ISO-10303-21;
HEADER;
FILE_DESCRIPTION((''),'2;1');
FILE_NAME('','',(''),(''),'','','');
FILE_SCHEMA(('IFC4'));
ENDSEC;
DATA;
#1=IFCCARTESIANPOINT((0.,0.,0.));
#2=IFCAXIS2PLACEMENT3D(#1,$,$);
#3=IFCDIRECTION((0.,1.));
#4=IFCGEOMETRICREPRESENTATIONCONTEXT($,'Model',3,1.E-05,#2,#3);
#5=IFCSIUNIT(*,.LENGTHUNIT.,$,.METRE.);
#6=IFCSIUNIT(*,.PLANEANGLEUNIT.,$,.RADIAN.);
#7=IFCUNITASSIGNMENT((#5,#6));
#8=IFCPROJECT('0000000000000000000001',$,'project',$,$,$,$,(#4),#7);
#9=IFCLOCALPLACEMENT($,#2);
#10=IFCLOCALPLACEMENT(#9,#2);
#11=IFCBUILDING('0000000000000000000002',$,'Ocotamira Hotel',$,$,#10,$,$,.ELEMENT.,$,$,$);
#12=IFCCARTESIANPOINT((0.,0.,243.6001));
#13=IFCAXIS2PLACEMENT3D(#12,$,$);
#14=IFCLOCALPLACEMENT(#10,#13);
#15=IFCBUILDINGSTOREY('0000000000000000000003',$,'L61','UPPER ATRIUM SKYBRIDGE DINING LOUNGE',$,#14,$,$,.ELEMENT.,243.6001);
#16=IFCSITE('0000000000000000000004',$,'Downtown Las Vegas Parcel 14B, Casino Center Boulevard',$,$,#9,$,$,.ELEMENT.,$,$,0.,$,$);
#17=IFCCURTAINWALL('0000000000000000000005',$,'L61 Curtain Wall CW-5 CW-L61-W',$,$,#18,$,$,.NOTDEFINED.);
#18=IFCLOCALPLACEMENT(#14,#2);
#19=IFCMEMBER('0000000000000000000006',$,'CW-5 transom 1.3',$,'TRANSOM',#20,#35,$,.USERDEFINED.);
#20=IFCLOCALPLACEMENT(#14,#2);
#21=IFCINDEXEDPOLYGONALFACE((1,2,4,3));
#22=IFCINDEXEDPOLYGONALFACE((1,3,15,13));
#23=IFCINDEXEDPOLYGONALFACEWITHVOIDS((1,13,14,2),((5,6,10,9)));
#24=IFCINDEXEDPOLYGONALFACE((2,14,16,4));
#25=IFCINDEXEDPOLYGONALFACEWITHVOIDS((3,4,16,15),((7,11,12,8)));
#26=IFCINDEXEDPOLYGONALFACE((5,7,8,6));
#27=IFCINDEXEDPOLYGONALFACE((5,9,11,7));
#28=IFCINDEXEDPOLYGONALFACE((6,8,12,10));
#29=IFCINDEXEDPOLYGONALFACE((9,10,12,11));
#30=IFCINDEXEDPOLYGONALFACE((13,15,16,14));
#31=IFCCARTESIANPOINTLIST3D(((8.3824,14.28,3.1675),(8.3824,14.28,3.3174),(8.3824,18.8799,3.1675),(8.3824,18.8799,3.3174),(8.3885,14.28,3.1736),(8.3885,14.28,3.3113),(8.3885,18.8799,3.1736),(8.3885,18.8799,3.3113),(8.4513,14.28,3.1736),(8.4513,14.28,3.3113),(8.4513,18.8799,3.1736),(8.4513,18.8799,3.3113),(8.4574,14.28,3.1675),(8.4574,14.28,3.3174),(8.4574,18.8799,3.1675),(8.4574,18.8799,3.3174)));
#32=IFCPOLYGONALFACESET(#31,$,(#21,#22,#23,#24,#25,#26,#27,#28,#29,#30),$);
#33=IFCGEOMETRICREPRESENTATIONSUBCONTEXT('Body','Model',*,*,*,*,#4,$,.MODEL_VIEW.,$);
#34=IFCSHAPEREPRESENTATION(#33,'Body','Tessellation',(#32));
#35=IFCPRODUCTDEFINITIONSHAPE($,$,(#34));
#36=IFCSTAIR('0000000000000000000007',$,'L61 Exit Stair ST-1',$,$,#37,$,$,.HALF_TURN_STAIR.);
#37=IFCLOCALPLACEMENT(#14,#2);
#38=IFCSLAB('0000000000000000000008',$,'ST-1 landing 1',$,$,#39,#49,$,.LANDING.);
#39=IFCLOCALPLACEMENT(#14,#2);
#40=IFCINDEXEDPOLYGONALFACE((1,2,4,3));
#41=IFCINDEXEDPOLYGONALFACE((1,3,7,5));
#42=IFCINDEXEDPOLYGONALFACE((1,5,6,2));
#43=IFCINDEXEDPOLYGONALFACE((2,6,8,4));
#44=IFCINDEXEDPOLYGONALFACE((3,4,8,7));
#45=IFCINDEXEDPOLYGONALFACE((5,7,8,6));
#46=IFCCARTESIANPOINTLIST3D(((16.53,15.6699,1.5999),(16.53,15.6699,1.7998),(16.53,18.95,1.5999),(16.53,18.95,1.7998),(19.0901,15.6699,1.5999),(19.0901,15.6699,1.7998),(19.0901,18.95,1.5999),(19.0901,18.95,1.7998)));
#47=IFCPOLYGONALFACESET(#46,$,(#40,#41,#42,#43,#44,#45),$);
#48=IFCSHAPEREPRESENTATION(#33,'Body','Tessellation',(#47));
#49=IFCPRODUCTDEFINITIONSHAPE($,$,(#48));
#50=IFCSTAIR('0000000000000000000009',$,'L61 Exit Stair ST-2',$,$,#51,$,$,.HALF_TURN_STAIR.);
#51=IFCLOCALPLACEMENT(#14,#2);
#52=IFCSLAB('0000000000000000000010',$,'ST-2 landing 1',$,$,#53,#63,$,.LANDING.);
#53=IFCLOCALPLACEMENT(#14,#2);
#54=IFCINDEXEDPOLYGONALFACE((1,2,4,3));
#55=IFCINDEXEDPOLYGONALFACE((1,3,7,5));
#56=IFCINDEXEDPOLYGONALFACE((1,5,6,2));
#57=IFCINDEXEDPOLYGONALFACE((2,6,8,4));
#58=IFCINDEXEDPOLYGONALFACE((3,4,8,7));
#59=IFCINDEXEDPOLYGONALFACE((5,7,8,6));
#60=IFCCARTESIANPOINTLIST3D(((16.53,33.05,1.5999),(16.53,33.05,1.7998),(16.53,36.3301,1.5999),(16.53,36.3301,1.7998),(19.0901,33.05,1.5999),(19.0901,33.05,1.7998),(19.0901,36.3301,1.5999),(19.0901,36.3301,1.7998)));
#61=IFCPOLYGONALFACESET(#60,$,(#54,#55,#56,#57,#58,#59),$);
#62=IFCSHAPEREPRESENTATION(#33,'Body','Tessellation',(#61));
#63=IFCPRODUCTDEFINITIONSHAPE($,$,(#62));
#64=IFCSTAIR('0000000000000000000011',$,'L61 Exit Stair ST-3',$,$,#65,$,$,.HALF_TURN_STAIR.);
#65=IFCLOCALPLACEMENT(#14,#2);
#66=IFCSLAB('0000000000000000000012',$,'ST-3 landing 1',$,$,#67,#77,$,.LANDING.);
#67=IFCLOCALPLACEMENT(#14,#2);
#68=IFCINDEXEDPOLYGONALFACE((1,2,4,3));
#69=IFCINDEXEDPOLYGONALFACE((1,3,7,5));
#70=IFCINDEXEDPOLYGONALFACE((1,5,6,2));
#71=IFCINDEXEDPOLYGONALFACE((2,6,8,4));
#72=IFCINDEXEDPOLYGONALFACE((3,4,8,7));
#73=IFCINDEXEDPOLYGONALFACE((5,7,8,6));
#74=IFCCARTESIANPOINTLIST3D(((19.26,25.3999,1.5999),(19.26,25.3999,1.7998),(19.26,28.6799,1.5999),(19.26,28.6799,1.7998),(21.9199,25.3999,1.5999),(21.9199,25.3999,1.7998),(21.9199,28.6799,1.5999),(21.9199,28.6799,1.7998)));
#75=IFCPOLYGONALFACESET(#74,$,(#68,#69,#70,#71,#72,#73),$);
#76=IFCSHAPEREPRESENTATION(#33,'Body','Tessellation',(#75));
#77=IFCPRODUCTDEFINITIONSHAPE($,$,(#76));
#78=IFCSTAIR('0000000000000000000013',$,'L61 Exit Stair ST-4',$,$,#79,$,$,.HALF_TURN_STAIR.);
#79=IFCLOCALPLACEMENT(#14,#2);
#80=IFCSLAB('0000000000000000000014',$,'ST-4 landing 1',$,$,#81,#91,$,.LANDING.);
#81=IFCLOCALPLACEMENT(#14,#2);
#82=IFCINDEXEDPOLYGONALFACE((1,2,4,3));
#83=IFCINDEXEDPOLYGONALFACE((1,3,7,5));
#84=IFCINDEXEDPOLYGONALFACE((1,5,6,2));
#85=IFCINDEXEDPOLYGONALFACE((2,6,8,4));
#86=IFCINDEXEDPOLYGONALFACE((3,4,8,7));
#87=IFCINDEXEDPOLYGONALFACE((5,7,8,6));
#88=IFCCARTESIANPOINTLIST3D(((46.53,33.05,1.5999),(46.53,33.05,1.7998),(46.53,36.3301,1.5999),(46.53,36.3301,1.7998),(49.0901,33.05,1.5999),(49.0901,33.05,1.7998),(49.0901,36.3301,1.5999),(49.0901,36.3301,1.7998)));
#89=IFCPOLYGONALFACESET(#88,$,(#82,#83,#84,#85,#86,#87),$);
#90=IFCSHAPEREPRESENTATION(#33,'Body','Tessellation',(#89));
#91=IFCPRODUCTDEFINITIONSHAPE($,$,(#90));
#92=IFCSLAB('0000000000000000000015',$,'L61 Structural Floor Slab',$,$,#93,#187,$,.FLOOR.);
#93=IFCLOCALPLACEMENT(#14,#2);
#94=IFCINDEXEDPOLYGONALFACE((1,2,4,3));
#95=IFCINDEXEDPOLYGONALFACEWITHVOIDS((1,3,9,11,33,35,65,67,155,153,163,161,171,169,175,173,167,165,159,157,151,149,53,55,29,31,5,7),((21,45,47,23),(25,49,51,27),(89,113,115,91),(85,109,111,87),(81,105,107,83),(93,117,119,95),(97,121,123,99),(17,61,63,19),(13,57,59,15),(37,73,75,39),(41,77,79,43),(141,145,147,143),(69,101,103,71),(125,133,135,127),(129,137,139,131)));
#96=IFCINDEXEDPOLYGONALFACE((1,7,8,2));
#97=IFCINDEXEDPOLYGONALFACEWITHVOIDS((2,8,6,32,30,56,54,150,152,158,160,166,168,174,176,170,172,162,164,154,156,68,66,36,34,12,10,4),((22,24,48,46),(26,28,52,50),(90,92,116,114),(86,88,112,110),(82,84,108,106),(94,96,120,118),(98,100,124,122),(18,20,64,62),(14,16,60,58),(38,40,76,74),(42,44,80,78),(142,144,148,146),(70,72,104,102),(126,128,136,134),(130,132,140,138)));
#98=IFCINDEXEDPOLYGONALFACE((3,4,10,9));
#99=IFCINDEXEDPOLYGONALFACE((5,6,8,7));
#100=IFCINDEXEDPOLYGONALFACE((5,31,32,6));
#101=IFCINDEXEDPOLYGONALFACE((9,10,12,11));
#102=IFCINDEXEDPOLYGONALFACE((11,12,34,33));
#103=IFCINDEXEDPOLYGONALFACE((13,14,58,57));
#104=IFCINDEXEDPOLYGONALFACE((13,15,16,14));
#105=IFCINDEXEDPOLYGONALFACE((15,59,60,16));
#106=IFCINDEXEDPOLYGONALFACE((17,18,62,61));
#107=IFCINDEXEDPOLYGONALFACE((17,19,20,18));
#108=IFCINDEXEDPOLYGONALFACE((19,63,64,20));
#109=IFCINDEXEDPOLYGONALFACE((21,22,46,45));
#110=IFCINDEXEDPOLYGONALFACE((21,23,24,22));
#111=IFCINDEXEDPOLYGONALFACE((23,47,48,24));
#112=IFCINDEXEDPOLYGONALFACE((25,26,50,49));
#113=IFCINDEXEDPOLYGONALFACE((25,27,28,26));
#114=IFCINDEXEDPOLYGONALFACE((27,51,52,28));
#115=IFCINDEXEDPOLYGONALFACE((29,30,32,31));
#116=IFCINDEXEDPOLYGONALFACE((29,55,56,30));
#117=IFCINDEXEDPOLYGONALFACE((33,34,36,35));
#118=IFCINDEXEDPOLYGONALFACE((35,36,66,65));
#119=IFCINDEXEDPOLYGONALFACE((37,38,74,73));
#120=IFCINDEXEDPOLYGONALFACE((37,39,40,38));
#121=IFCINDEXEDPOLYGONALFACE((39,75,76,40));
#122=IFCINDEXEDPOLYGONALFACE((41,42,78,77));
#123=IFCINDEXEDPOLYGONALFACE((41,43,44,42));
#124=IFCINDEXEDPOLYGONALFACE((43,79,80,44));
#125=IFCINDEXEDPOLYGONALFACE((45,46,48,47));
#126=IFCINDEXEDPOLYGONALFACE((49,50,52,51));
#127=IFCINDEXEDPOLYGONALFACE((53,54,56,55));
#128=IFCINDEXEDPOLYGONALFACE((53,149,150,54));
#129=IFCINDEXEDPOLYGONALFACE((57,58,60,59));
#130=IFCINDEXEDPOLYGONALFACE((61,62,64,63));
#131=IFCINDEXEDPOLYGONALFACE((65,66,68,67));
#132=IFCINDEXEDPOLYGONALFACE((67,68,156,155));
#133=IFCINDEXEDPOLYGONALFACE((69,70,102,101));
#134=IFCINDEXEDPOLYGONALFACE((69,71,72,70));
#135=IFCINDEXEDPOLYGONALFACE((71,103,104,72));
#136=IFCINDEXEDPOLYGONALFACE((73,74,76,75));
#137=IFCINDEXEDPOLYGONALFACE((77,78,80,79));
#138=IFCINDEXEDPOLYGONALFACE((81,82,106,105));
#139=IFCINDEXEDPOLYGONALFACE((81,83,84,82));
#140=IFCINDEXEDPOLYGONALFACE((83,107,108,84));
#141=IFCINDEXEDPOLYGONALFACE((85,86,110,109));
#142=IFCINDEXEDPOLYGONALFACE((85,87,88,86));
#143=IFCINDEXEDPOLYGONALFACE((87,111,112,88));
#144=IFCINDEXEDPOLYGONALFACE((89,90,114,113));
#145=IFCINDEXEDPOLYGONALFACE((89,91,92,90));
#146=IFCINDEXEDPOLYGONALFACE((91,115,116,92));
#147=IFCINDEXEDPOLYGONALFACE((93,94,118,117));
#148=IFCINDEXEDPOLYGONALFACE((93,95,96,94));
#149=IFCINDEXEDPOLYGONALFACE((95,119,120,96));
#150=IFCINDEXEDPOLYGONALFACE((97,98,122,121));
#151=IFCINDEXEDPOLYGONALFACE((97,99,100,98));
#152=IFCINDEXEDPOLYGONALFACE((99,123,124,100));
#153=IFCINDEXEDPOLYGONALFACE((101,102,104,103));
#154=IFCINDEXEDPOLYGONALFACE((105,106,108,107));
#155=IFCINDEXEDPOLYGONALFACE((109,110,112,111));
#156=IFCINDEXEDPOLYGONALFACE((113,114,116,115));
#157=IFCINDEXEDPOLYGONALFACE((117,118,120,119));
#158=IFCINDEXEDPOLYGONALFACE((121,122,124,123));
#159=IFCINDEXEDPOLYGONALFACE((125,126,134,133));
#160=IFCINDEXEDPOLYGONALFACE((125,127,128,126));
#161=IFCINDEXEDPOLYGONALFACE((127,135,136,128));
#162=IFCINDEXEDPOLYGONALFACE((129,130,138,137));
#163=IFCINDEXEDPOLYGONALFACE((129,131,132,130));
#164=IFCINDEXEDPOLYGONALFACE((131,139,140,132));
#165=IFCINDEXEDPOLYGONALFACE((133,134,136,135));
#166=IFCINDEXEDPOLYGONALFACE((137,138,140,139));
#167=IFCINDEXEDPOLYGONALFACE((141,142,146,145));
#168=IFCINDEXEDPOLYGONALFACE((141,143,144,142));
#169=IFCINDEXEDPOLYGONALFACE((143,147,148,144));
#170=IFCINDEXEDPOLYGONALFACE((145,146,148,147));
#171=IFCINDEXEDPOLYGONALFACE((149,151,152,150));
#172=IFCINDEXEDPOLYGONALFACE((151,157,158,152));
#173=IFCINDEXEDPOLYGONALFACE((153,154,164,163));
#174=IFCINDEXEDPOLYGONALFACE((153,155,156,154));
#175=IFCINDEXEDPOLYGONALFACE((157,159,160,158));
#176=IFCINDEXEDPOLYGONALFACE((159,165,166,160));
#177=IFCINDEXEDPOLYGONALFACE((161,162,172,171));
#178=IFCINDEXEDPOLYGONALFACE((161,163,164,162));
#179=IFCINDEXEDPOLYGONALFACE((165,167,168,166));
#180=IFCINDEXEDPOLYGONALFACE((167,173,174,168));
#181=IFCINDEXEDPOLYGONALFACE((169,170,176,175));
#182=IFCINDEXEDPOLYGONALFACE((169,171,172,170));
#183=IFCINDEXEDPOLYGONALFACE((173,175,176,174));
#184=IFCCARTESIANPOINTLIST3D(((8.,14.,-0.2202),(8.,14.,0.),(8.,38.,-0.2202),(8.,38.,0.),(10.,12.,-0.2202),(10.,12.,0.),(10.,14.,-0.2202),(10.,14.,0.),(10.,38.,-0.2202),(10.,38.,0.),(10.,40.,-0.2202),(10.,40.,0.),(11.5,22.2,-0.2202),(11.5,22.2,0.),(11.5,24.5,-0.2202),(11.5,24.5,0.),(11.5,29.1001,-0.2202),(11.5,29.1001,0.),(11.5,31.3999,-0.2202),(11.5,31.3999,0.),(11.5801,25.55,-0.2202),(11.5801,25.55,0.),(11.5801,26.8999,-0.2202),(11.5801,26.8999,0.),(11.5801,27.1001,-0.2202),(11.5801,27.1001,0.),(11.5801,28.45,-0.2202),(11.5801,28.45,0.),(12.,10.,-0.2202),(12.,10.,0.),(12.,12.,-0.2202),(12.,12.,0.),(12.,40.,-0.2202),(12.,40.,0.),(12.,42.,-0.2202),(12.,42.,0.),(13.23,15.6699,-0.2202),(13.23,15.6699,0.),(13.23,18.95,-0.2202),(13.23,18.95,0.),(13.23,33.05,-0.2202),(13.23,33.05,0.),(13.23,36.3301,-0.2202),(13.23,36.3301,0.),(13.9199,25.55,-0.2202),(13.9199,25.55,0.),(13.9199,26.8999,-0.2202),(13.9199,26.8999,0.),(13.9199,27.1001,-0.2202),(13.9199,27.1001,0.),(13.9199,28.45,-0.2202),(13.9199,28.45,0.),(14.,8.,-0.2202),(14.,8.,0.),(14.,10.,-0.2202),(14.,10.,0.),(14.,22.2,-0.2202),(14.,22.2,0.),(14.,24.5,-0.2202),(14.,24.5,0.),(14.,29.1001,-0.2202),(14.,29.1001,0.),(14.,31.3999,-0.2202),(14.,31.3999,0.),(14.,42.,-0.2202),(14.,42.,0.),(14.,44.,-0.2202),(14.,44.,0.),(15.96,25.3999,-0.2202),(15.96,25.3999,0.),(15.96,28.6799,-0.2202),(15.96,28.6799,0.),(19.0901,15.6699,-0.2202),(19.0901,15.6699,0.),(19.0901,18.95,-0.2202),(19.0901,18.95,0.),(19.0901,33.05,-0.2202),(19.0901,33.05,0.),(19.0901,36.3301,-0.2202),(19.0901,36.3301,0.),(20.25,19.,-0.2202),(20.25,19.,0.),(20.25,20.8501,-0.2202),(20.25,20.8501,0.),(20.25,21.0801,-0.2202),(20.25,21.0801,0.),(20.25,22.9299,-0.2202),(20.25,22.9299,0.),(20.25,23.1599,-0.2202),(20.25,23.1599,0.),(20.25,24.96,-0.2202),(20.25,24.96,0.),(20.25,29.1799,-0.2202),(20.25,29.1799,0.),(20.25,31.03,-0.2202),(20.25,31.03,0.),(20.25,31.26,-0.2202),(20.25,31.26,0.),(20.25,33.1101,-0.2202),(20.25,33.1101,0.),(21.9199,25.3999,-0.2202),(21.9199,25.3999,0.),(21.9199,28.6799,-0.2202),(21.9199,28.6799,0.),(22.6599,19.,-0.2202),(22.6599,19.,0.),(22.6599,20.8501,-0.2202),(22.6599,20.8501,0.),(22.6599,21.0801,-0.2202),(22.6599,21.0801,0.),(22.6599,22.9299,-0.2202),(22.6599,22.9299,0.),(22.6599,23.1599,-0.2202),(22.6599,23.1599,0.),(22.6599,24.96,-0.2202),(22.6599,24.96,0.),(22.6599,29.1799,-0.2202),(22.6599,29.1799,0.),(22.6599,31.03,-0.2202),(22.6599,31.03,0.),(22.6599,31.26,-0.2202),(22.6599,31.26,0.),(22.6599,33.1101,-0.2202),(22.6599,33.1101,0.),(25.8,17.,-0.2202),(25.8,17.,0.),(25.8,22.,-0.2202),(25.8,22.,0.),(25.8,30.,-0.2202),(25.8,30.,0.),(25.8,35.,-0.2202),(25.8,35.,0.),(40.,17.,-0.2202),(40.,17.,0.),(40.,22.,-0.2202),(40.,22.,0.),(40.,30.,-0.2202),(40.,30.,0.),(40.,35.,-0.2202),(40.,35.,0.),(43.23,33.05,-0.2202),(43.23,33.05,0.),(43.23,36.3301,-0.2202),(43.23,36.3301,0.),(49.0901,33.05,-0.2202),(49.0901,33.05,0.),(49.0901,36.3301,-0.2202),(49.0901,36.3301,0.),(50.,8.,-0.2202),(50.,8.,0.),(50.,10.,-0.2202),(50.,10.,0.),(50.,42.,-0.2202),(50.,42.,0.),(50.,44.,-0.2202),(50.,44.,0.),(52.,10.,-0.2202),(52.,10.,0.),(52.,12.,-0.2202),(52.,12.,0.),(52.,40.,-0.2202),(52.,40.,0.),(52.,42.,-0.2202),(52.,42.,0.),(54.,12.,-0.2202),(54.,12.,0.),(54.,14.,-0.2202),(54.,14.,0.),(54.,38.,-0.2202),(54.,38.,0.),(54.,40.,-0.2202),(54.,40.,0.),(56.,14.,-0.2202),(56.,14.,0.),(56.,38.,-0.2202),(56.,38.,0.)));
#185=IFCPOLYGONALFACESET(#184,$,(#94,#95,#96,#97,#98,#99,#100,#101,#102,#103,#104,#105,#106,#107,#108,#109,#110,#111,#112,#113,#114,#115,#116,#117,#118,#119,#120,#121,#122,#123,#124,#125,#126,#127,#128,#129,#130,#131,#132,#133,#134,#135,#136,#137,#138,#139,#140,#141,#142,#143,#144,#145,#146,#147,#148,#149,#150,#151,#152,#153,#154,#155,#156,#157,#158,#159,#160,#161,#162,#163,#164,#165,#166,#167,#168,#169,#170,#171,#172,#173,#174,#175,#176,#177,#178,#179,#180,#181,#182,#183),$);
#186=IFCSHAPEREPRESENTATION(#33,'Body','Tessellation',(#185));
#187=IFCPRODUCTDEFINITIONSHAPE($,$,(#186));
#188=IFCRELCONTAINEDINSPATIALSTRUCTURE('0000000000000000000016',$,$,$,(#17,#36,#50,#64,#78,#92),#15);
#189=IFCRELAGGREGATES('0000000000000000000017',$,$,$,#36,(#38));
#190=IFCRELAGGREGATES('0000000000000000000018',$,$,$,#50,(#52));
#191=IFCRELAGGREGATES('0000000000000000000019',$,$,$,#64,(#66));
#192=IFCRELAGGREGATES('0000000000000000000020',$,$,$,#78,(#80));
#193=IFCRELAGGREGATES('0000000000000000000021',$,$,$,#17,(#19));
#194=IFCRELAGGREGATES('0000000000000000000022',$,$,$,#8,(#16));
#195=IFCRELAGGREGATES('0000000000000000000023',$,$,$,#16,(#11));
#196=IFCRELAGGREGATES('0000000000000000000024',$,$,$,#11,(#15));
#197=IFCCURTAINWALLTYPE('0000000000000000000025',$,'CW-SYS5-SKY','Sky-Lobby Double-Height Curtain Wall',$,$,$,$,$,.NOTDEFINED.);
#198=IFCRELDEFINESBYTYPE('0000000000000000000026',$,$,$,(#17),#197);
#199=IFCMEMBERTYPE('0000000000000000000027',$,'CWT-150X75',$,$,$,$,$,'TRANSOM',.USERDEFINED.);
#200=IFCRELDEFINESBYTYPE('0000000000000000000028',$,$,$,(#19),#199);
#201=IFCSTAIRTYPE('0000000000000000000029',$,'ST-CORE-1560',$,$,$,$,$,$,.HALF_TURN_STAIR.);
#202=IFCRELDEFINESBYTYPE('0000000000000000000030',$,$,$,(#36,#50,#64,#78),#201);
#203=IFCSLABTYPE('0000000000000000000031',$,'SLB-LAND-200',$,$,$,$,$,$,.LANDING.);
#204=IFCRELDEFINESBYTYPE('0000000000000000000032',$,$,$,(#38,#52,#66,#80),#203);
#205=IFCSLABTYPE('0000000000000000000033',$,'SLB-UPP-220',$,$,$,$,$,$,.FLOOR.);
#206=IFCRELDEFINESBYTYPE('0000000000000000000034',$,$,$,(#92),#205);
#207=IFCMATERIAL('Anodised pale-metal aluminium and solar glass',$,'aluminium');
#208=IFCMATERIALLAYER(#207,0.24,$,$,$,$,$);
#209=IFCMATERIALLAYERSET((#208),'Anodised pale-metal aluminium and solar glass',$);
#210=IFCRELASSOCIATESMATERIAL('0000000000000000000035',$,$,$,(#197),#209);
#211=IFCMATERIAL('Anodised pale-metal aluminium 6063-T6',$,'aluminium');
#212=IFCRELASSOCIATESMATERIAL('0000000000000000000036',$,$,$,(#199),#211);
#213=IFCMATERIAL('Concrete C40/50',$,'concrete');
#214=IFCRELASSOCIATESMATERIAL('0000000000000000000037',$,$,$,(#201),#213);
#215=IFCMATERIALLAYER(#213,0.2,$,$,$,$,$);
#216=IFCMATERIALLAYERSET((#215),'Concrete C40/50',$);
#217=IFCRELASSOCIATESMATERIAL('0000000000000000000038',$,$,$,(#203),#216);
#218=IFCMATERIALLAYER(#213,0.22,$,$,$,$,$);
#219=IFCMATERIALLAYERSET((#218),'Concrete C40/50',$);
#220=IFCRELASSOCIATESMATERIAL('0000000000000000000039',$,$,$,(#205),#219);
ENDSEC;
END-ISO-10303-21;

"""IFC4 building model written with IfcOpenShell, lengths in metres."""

from ifc_helpers import new_model, si_unit, direction, frame, origin, origin_2d, place, context, subcontext, project, spatial, polyline, hollow_rectangle, outline, extrude, source, transform, mapped, material, layer, layer_set, material_profile, profile_set, type_object, element, aggregate, save


model = new_model("IFC4")

# Units and contexts
model_context = context("Model", 3, precision=1e-05, world=origin(), true_north=direction((0.0, 1.0)))
body_context = subcontext(model_context, "Body", "Model", "MODEL_VIEW")
ifc_project = project(units=[si_unit("LENGTHUNIT", "METRE"), si_unit("PLANEANGLEUNIT", "RADIAN")], contexts=[model_context])

# Site, building, storey
site_placement = place(None, origin())
site = spatial("IfcSite", under=ifc_project, at=site_placement, Name="Downtown Las Vegas Parcel 14B, Casino Center Boulevard", CompositionType="ELEMENT", RefElevation=0.0)
building_placement = place(site_placement, origin())
building = spatial("IfcBuilding", under=site, at=building_placement, Name="Ocotamira Hotel", CompositionType="ELEMENT")
storey_placement = place(building_placement, frame((0.0, 0.0, 243.6001)))
storey = spatial("IfcBuildingStorey", under=building, at=storey_placement, Name="L61", Description="UPPER ATRIUM SKYBRIDGE DINING LOUNGE", CompositionType="ELEMENT", Elevation=243.6001)

# Curtain wall, member
ifc_material_1 = material(Name="Anodised pale-metal aluminium and solar glass", Category="aluminium")
ifc_layer_1 = layer(ifc_material_1, 0.24)
ifc_layer_set_1 = layer_set([ifc_layer_1], Name="Anodised pale-metal aluminium and solar glass")
curtain_wall_type = type_object("IfcCurtainWallType", Name="CW-SYS5-SKY", Description="Sky-Lobby Double-Height Curtain Wall", PredefinedType="NOTDEFINED", material=ifc_layer_set_1)
curtain_wall_placement = place(storey_placement, origin())
curtain_wall = element("IfcCurtainWall", 1, at=curtain_wall_placement, inside=storey, type_object=curtain_wall_type, Name="L61 Curtain Wall CW-5 CW-L61-W", PredefinedType="NOTDEFINED")
ifc_material_2 = material(Name="Anodised pale-metal aluminium 6063-T6", Category="aluminium")
ifc_material_profile_1 = material_profile(ifc_material_2, hollow_rectangle(XDim=0.075, YDim=0.1499, WallThickness=0.0061, at=origin_2d()), Name="HSS150X75X6")
ifc_profile_set_1 = profile_set([ifc_material_profile_1], Name="Anodised pale-metal aluminium 6063-T6")
member_type_1 = type_object("IfcMemberType", Name="CWT-150X75", ElementType="TRANSOM", PredefinedType="USERDEFINED", material=ifc_profile_set_1)
shared_shape_1 = source(origin(), body_context, "Body", "SweptSolid", [
    extrude(hollow_rectangle(XDim=0.075, YDim=0.1499, WallThickness=0.0061, at=origin_2d()), origin(), (0.0, 0.0, 1.0), 4.5999),
])
member_1_placement = place(storey_placement, frame((8.4199, 14.28, 3.2424), z_axis=(0.0, 1.0, 0.0), x_axis=(-1.0, 0.0, 0.0)))
member_1 = element("IfcMember", 2, at=member_1_placement, type_object=member_type_1, Name="CW-5 transom 1.3", ObjectType="TRANSOM", PredefinedType="USERDEFINED", context=body_context, shape_type="MappedRepresentation", body=[
    mapped(shared_shape_1, transform((0.0, 0.0, 0.0), scale=1.0)),
])

# Stairs, slabs
ifc_material_3 = material(Name="Concrete C40/50", Category="concrete")
stair_type = type_object("IfcStairType", Name="ST-CORE-1560", PredefinedType="HALF_TURN_STAIR", material=ifc_material_3)
stair_1_placement = place(storey_placement, origin())
stair_1 = element("IfcStair", 3, at=stair_1_placement, inside=storey, type_object=stair_type, Name="L61 Exit Stair ST-1", PredefinedType="HALF_TURN_STAIR")
ifc_layer_2 = layer(ifc_material_3, 0.2)
ifc_layer_set_2 = layer_set([ifc_layer_2], Name="Concrete C40/50")
slab_type_1 = type_object("IfcSlabType", Name="SLB-LAND-200", PredefinedType="LANDING", material=ifc_layer_set_2)
slab_1_placement = place(storey_placement, frame((0.0, 0.0, 1.5999)))
slab_1 = element("IfcSlab", 4, at=slab_1_placement, type_object=slab_type_1, Name="ST-1 landing 1", PredefinedType="LANDING", context=body_context, shape_type="SweptSolid", body=[
    extrude(outline(polyline([(16.53, 15.6699), (19.0901, 15.6699), (19.0901, 18.95), (16.53, 18.95), (16.53, 15.6699)])), origin(), (0.0, 0.0, 1.0), 0.2),
])
aggregate(stair_1, [slab_1])
stair_2_placement = place(storey_placement, origin())
stair_2 = element("IfcStair", 5, at=stair_2_placement, inside=storey, type_object=stair_type, Name="L61 Exit Stair ST-2", PredefinedType="HALF_TURN_STAIR")
slab_2_placement = place(storey_placement, frame((0.0, 0.0, 1.5999)))
slab_2 = element("IfcSlab", 6, at=slab_2_placement, type_object=slab_type_1, Name="ST-2 landing 1", PredefinedType="LANDING", context=body_context, shape_type="SweptSolid", body=[
    extrude(outline(polyline([(16.53, 33.05), (19.0901, 33.05), (19.0901, 36.3301), (16.53, 36.3301), (16.53, 33.05)])), origin(), (0.0, 0.0, 1.0), 0.2),
])
aggregate(stair_2, [slab_2])
stair_3_placement = place(storey_placement, origin())
stair_3 = element("IfcStair", 7, at=stair_3_placement, inside=storey, type_object=stair_type, Name="L61 Exit Stair ST-3", PredefinedType="HALF_TURN_STAIR")
slab_3_placement = place(storey_placement, frame((0.0, 0.0, 1.5999)))
slab_3 = element("IfcSlab", 8, at=slab_3_placement, type_object=slab_type_1, Name="ST-3 landing 1", PredefinedType="LANDING", context=body_context, shape_type="SweptSolid", body=[
    extrude(outline(polyline([(19.26, 25.3999), (21.9199, 25.3999), (21.9199, 28.6799), (19.26, 28.6799), (19.26, 25.3999)])), origin(), (0.0, 0.0, 1.0), 0.2),
])
aggregate(stair_3, [slab_3])
stair_4_placement = place(storey_placement, origin())
stair_4 = element("IfcStair", 9, at=stair_4_placement, inside=storey, type_object=stair_type, Name="L61 Exit Stair ST-4", PredefinedType="HALF_TURN_STAIR")
slab_4_placement = place(storey_placement, frame((0.0, 0.0, 1.5999)))
slab_4 = element("IfcSlab", 10, at=slab_4_placement, type_object=slab_type_1, Name="ST-4 landing 1", PredefinedType="LANDING", context=body_context, shape_type="SweptSolid", body=[
    extrude(outline(polyline([(46.53, 33.05), (49.0901, 33.05), (49.0901, 36.3301), (46.53, 36.3301), (46.53, 33.05)])), origin(), (0.0, 0.0, 1.0), 0.2),
])
aggregate(stair_4, [slab_4])

# Slab
ifc_layer_3 = layer(ifc_material_3, 0.22)
ifc_layer_set_3 = layer_set([ifc_layer_3], Name="Concrete C40/50")
slab_type_2 = type_object("IfcSlabType", Name="SLB-UPP-220", PredefinedType="FLOOR", material=ifc_layer_set_3)
slab_5_placement = place(storey_placement, frame((0.0, 0.0, -0.2202)))
element("IfcSlab", 11, at=slab_5_placement, inside=storey, type_object=slab_type_2, Name="L61 Structural Floor Slab", PredefinedType="FLOOR", context=body_context, shape_type="SweptSolid", body=[
    extrude(outline(polyline([(14.0, 8.0), (50.0, 8.0), (50.0, 10.0), (52.0, 10.0), (52.0, 12.0), (54.0, 12.0), (54.0, 14.0), (56.0, 14.0), (56.0, 38.0), (54.0, 38.0), (54.0, 40.0), (52.0, 40.0), (52.0, 42.0), (50.0, 42.0), (50.0, 44.0), (14.0, 44.0), (14.0, 42.0), (12.0, 42.0), (12.0, 40.0), (10.0, 40.0), (10.0, 38.0), (8.0, 38.0), (8.0, 14.0), (10.0, 14.0), (10.0, 12.0), (12.0, 12.0), (12.0, 10.0), (14.0, 10.0), (14.0, 8.0)]), holes=[polyline([(25.8, 17.0), (40.0, 17.0), (40.0, 22.0), (25.8, 22.0), (25.8, 17.0)]), polyline([(25.8, 30.0), (40.0, 30.0), (40.0, 35.0), (25.8, 35.0), (25.8, 30.0)]), polyline([(13.23, 15.6699), (19.0901, 15.6699), (19.0901, 18.95), (13.23, 18.95), (13.23, 15.6699)]), polyline([(13.23, 33.05), (19.0901, 33.05), (19.0901, 36.3301), (13.23, 36.3301), (13.23, 33.05)]), polyline([(15.96, 25.3999), (21.9199, 25.3999), (21.9199, 28.6799), (15.96, 28.6799), (15.96, 25.3999)]), polyline([(43.23, 33.05), (49.0901, 33.05), (49.0901, 36.3301), (43.23, 36.3301), (43.23, 33.05)]), polyline([(20.25, 19.0), (22.6599, 19.0), (22.6599, 20.8501), (20.25, 20.8501), (20.25, 19.0)]), polyline([(20.25, 21.0801), (22.6599, 21.0801), (22.6599, 22.9299), (20.25, 22.9299), (20.25, 21.0801)]), polyline([(20.25, 23.1599), (22.6599, 23.1599), (22.6599, 24.96), (20.25, 24.96), (20.25, 23.1599)]), polyline([(20.25, 29.1799), (22.6599, 29.1799), (22.6599, 31.03), (20.25, 31.03), (20.25, 29.1799)]), polyline([(20.25, 31.26), (22.6599, 31.26), (22.6599, 33.1101), (20.25, 33.1101), (20.25, 31.26)]), polyline([(11.5, 22.2), (14.0, 22.2), (14.0, 24.5), (11.5, 24.5), (11.5, 22.2)]), polyline([(11.5, 29.1001), (14.0, 29.1001), (14.0, 31.3999), (11.5, 31.3999), (11.5, 29.1001)]), polyline([(11.5801, 25.55), (13.9199, 25.55), (13.9199, 26.8999), (11.5801, 26.8999), (11.5801, 25.55)]), polyline([(11.5801, 27.1001), (13.9199, 27.1001), (13.9199, 28.45), (11.5801, 28.45), (11.5801, 27.1001)])]), origin(), (0.0, 0.0, 1.0), 0.2202),
])

aggregate(curtain_wall, [member_1])

save(model, "model.ifc")
